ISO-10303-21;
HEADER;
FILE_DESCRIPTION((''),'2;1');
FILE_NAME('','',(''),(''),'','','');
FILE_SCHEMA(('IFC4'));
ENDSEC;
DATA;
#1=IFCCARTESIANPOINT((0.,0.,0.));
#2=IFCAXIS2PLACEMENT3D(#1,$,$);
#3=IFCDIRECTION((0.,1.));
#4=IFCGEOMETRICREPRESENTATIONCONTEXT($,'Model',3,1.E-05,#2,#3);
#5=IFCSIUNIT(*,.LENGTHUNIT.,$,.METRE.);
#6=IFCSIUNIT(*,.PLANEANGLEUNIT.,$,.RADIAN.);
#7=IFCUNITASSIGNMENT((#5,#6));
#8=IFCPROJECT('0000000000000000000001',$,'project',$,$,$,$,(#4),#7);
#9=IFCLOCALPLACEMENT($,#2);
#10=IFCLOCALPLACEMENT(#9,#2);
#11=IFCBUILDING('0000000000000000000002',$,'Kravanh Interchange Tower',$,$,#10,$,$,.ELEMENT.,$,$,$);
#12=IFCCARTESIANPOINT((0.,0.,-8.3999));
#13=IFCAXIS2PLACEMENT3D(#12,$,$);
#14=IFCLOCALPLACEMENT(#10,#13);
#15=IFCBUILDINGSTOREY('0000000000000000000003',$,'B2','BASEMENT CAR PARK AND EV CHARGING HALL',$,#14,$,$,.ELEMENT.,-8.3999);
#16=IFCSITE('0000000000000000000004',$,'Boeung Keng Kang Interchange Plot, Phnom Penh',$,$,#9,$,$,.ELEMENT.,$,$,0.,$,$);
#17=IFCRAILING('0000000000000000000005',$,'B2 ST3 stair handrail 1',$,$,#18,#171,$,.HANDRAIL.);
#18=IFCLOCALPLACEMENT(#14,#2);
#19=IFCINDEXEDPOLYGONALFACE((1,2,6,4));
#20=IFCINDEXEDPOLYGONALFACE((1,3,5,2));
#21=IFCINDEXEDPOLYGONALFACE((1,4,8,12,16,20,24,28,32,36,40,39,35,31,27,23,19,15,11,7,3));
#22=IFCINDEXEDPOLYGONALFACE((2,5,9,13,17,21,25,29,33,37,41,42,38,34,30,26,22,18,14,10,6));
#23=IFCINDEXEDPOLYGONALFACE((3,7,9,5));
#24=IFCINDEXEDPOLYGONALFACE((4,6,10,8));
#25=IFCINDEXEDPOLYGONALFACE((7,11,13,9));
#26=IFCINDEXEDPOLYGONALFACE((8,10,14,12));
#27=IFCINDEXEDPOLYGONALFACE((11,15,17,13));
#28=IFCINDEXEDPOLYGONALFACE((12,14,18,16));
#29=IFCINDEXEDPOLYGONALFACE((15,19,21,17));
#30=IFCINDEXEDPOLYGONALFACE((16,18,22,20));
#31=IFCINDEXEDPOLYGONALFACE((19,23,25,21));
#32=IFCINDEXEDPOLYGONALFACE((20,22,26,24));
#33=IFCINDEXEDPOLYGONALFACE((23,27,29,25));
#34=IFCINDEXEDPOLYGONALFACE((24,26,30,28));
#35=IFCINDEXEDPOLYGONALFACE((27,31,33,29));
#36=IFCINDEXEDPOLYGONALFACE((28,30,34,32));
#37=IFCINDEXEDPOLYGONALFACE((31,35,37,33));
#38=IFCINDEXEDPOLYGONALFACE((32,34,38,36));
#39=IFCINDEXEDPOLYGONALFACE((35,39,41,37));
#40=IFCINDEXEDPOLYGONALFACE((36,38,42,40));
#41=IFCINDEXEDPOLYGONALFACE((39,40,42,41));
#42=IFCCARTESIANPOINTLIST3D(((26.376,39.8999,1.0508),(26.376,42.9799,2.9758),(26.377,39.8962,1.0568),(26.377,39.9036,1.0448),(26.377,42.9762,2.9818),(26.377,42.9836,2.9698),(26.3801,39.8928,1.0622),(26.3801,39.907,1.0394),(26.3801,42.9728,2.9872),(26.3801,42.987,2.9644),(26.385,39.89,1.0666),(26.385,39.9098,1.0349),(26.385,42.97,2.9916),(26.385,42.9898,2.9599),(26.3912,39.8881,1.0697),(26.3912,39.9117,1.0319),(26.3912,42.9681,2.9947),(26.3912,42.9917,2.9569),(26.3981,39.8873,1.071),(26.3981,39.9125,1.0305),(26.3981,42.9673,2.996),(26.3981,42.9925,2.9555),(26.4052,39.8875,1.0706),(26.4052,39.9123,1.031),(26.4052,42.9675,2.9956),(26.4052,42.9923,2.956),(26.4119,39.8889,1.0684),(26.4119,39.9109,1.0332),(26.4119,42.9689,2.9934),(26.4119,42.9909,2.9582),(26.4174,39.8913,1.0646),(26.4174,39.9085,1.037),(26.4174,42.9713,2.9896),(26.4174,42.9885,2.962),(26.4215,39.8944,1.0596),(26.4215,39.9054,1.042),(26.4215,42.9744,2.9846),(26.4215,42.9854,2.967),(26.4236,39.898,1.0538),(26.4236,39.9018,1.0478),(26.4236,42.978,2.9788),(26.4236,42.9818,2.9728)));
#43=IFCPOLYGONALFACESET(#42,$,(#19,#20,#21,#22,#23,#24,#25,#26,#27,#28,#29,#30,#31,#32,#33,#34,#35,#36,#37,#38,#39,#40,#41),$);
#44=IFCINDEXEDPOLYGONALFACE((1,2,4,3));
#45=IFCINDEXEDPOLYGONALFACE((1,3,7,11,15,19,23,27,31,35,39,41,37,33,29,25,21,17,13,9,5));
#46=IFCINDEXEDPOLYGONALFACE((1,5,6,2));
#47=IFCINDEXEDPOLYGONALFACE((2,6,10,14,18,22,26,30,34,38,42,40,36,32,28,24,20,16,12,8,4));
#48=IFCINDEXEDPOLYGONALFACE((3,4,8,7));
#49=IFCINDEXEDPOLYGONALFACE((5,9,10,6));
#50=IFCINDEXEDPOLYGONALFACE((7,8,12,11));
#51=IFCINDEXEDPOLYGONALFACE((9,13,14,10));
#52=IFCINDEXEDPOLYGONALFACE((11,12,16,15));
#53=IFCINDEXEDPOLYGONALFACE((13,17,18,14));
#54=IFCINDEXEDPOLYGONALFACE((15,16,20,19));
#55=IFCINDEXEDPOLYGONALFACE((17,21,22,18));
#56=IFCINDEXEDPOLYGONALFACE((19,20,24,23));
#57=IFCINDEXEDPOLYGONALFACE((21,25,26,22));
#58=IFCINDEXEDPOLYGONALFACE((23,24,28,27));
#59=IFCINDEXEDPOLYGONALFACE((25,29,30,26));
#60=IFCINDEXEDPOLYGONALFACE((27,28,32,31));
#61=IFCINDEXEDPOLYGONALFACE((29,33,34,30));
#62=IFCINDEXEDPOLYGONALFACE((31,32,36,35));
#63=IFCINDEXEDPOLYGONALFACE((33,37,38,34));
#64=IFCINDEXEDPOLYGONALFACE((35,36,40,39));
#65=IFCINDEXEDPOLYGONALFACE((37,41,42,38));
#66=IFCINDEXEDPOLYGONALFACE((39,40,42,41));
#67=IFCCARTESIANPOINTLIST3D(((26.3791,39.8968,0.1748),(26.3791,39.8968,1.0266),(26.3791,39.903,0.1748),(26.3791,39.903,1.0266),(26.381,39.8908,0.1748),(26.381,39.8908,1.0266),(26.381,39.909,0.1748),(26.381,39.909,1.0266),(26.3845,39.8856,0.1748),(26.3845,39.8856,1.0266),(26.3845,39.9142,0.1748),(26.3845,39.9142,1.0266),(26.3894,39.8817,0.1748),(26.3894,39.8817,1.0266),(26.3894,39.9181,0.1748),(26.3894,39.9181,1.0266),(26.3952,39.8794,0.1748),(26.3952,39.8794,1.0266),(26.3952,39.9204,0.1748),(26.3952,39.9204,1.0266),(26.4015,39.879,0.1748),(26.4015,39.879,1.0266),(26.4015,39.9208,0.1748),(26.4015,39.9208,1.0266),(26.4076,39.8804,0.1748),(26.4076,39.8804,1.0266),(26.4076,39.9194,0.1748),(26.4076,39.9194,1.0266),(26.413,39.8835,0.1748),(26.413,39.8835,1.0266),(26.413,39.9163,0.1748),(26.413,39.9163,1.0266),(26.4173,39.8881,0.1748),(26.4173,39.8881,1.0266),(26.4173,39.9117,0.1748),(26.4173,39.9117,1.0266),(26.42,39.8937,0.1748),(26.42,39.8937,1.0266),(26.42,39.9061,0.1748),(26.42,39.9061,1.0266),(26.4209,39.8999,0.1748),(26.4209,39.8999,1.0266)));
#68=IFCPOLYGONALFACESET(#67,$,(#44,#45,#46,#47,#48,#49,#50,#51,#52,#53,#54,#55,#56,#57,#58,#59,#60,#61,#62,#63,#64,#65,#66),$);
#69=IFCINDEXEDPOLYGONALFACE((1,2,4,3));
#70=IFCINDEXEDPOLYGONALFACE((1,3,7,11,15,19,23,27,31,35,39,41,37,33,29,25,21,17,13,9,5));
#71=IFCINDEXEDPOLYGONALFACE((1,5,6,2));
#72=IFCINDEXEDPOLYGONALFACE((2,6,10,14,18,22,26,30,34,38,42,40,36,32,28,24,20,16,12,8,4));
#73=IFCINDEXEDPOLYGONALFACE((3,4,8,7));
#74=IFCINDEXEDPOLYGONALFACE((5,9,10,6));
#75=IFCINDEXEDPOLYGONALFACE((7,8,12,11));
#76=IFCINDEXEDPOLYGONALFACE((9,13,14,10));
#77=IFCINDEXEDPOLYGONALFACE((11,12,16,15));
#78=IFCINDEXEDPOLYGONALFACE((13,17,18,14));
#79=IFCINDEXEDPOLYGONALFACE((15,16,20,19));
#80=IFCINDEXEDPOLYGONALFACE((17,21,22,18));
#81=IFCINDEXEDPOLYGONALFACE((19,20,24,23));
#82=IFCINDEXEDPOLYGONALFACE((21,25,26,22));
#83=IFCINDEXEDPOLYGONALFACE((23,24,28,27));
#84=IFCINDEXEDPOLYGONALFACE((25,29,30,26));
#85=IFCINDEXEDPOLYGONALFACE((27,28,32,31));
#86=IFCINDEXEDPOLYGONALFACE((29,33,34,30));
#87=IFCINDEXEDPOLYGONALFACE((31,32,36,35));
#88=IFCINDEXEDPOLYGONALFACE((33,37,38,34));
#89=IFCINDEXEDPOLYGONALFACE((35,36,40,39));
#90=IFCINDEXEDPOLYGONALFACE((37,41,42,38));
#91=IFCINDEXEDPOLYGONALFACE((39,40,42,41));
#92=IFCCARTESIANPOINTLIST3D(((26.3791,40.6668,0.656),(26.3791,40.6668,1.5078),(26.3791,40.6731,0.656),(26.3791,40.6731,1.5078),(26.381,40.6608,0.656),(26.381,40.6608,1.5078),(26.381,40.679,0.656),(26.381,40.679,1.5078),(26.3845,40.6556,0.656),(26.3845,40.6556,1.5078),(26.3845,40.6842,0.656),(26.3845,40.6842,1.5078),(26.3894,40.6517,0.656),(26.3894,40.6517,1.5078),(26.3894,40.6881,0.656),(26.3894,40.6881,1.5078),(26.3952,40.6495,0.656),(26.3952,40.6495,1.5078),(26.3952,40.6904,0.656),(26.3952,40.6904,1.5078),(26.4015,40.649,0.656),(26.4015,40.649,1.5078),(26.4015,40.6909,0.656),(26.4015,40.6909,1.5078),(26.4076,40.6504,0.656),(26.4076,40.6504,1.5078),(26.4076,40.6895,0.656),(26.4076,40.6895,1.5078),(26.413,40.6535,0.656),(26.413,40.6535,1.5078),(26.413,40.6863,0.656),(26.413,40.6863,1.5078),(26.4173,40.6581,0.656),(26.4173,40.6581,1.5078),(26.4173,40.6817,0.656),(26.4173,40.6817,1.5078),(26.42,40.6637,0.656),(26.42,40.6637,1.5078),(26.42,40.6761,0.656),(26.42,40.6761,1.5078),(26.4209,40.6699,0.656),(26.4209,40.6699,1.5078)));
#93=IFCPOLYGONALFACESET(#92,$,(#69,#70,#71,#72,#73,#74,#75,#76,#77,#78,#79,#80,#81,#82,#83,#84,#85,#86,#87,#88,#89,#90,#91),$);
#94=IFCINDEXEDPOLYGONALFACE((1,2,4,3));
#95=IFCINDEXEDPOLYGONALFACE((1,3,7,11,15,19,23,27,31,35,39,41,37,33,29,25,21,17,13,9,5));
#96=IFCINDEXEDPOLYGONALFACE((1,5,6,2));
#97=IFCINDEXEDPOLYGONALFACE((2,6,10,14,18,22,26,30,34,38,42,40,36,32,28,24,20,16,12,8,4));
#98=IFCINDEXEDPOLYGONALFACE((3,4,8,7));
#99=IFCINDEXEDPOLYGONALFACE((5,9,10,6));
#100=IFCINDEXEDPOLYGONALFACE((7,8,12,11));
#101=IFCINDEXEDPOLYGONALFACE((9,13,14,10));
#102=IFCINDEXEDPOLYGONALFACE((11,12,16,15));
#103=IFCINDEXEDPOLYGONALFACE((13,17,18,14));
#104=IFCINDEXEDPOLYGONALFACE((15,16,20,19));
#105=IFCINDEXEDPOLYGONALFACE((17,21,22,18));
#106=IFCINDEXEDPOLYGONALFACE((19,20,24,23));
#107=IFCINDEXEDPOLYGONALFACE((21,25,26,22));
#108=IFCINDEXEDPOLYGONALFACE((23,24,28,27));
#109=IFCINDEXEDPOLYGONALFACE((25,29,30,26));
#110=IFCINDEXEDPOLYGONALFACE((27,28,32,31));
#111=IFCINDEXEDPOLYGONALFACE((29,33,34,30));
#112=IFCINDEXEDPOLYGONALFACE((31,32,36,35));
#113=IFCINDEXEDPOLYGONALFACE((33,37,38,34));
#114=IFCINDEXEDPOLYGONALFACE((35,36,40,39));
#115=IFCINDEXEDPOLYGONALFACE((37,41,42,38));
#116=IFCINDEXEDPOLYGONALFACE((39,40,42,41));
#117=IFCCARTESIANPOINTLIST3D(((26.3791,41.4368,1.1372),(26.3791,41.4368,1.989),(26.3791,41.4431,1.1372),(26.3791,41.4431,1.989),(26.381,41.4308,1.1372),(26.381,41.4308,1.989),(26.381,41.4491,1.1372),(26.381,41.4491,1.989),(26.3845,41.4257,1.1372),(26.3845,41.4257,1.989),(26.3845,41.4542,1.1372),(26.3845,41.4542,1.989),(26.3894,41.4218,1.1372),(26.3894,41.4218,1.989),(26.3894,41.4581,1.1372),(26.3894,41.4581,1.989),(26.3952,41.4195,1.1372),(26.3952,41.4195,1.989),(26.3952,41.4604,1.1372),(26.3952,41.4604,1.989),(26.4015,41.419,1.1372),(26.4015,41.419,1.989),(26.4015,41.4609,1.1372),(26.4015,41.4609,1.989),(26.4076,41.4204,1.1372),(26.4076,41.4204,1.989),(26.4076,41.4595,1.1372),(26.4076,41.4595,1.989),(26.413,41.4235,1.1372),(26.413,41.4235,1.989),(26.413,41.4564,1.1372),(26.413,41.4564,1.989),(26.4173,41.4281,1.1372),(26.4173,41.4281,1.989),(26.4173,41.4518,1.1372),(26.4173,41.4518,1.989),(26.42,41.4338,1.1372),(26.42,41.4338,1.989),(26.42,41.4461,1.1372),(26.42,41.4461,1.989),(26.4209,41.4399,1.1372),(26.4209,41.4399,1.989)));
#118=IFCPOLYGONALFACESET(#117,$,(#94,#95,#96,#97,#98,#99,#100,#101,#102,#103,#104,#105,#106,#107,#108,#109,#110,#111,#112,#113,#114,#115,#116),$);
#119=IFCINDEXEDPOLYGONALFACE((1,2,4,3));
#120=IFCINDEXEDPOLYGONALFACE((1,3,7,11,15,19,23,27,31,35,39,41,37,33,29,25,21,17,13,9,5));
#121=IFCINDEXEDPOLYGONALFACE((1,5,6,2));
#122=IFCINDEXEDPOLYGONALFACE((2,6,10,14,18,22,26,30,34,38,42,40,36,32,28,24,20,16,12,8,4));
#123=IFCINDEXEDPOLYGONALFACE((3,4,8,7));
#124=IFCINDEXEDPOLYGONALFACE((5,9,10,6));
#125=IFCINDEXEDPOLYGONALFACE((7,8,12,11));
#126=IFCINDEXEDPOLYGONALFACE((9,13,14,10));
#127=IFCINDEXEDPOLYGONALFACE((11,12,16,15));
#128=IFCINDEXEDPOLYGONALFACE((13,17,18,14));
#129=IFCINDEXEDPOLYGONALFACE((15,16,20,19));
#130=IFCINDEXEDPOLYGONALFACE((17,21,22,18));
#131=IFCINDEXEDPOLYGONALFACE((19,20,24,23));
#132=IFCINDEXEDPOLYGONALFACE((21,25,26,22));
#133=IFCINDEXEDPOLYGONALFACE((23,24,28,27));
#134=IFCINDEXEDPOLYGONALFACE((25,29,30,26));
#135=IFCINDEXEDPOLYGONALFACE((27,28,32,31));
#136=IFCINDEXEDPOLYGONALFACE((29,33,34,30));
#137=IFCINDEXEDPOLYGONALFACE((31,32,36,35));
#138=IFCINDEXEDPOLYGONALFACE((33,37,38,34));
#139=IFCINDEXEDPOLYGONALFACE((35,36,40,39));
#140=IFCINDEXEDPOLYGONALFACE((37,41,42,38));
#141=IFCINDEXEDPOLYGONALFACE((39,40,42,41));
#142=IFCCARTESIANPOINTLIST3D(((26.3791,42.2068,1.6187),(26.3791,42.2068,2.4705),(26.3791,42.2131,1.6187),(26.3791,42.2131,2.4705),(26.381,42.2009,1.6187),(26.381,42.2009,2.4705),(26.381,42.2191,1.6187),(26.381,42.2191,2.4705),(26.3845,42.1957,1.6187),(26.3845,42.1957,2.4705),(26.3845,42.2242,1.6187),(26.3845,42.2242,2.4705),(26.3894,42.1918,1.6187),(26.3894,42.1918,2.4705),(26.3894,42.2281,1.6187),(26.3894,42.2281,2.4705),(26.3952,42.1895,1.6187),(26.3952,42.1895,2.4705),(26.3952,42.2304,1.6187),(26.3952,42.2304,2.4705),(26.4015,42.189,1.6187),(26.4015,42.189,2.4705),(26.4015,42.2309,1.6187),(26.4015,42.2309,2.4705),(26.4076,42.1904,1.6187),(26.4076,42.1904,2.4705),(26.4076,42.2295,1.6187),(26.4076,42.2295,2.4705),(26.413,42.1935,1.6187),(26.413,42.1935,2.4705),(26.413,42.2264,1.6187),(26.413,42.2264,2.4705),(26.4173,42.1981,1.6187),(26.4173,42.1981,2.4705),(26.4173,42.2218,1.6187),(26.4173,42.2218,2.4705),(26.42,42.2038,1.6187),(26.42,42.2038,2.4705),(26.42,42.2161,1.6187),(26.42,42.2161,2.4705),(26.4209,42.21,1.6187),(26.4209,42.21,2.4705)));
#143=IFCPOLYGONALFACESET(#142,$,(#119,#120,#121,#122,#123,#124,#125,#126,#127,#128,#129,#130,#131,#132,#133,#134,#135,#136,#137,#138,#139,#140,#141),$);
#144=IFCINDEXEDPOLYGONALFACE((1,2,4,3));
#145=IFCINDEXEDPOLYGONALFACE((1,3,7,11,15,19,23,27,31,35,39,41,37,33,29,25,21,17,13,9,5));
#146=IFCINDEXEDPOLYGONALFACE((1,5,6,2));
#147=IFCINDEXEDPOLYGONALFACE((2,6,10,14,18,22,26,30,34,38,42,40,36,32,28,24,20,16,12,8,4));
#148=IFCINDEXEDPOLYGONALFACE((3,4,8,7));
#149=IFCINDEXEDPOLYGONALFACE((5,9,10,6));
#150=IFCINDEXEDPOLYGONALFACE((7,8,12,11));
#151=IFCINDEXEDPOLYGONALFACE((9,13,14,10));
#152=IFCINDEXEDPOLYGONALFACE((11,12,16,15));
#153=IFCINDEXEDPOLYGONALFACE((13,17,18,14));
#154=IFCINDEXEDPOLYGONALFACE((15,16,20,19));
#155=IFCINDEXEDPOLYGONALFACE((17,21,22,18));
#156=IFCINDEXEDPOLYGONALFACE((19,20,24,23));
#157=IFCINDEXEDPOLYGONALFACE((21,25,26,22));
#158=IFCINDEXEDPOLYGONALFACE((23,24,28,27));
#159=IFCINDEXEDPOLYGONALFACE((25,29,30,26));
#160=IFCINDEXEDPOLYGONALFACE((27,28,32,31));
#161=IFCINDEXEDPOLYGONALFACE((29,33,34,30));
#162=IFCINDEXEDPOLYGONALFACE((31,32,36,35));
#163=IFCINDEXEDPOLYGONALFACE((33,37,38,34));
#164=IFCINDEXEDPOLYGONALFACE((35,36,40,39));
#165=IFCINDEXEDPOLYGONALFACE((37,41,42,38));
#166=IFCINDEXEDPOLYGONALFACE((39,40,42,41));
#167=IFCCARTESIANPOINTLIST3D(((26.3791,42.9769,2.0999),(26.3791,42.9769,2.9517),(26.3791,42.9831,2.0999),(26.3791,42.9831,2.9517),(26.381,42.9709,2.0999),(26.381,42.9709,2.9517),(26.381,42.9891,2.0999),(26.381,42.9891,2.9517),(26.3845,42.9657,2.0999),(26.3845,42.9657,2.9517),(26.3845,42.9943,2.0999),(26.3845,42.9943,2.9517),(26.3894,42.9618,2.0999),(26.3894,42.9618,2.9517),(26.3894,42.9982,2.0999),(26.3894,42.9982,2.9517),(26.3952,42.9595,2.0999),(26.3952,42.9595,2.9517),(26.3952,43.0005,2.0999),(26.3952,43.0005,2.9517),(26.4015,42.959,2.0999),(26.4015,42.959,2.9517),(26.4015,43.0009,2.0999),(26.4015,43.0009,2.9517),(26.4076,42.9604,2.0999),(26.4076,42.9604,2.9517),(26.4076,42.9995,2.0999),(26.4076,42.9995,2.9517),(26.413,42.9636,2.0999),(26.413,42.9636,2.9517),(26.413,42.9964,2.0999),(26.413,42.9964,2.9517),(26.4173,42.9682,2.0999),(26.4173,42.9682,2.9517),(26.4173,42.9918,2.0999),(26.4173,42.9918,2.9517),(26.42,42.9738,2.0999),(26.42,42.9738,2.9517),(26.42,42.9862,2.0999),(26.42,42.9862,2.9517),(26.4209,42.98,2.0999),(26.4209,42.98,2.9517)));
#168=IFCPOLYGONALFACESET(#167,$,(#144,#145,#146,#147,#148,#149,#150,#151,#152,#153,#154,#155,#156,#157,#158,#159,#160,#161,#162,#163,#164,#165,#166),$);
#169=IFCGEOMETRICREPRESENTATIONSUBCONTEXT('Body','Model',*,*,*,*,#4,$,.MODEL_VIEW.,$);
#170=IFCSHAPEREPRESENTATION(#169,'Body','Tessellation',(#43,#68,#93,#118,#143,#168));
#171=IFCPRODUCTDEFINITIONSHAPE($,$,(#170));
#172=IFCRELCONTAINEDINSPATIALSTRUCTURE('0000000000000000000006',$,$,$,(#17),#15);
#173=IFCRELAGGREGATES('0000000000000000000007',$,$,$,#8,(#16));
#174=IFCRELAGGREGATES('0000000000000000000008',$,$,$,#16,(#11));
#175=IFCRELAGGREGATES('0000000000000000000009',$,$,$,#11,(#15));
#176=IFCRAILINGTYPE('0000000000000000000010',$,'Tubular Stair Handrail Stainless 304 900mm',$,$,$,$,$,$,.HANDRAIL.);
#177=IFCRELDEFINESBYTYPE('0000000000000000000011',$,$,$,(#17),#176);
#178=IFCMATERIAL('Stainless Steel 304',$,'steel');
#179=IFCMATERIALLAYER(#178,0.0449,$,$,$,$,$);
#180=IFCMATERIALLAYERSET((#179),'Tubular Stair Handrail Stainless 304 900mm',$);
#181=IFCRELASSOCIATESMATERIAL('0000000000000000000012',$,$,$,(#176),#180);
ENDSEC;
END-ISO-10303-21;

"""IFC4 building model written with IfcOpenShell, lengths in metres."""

from ifc_helpers import new_model, si_unit, direction, frame, origin, origin_2d, place, context, subcontext, project, spatial, circle, extrude, material, layer, layer_set, type_object, element, save


model = new_model("IFC4")

# Units and contexts
model_context = context("Model", 3, precision=1e-05, world=origin(), true_north=direction((0.0, 1.0)))
body_context = subcontext(model_context, "Body", "Model", "MODEL_VIEW")
ifc_project = project(units=[si_unit("LENGTHUNIT", "METRE"), si_unit("PLANEANGLEUNIT", "RADIAN")], contexts=[model_context])

# Site, building, storey
site_placement = place(None, origin())
site = spatial("IfcSite", under=ifc_project, at=site_placement, Name="Boeung Keng Kang Interchange Plot, Phnom Penh", CompositionType="ELEMENT", RefElevation=0.0)
building_placement = place(site_placement, origin())
building = spatial("IfcBuilding", under=site, at=building_placement, Name="Kravanh Interchange Tower", CompositionType="ELEMENT")
storey_placement = place(building_placement, frame((0.0, 0.0, -8.3999)))
storey = spatial("IfcBuildingStorey", under=building, at=storey_placement, Name="B2", Description="BASEMENT CAR PARK AND EV CHARGING HALL", CompositionType="ELEMENT", Elevation=-8.3999)

# Railing
ifc_material_1 = material(Name="Stainless Steel 304", Category="steel")
ifc_layer_1 = layer(ifc_material_1, 0.0449)
ifc_layer_set_1 = layer_set([ifc_layer_1], Name="Tubular Stair Handrail Stainless 304 900mm")
railing_type_1 = type_object("IfcRailingType", Name="Tubular Stair Handrail Stainless 304 900mm", PredefinedType="HANDRAIL", material=ifc_layer_set_1)
railing_1_placement = place(storey_placement, frame((26.3999, 39.8999, 0.1748)))
element("IfcRailing", 1, at=railing_1_placement, inside=storey, type_object=railing_type_1, Name="B2 ST3 stair handrail 1", PredefinedType="HANDRAIL", context=body_context, shape_type="SweptSolid", body=[
    extrude(circle(Radius=0.0239, at=origin_2d()), frame((0.0, 0.0, 0.876), z_axis=(0.0, 0.847998, 0.529999), x_axis=(-1.0, 0.0, 0.0)), (0.0, 0.0, 1.0), 3.6321),
    extrude(circle(Radius=0.021, at=origin_2d()), origin(), (0.0, 0.0, 1.0), 0.8518),
    extrude(circle(Radius=0.021, at=origin_2d()), frame((0.0, 0.77, 0.4812)), (0.0, 0.0, 1.0), 0.8518),
    extrude(circle(Radius=0.021, at=origin_2d()), frame((0.0, 1.54, 0.9624)), (0.0, 0.0, 1.0), 0.8518),
    extrude(circle(Radius=0.021, at=origin_2d()), frame((0.0, 2.3101, 1.4438)), (0.0, 0.0, 1.0), 0.8518),
    extrude(circle(Radius=0.021, at=origin_2d()), frame((0.0, 3.0801, 1.925)), (0.0, 0.0, 1.0), 0.8518),
])

save(model, "model.ifc")
